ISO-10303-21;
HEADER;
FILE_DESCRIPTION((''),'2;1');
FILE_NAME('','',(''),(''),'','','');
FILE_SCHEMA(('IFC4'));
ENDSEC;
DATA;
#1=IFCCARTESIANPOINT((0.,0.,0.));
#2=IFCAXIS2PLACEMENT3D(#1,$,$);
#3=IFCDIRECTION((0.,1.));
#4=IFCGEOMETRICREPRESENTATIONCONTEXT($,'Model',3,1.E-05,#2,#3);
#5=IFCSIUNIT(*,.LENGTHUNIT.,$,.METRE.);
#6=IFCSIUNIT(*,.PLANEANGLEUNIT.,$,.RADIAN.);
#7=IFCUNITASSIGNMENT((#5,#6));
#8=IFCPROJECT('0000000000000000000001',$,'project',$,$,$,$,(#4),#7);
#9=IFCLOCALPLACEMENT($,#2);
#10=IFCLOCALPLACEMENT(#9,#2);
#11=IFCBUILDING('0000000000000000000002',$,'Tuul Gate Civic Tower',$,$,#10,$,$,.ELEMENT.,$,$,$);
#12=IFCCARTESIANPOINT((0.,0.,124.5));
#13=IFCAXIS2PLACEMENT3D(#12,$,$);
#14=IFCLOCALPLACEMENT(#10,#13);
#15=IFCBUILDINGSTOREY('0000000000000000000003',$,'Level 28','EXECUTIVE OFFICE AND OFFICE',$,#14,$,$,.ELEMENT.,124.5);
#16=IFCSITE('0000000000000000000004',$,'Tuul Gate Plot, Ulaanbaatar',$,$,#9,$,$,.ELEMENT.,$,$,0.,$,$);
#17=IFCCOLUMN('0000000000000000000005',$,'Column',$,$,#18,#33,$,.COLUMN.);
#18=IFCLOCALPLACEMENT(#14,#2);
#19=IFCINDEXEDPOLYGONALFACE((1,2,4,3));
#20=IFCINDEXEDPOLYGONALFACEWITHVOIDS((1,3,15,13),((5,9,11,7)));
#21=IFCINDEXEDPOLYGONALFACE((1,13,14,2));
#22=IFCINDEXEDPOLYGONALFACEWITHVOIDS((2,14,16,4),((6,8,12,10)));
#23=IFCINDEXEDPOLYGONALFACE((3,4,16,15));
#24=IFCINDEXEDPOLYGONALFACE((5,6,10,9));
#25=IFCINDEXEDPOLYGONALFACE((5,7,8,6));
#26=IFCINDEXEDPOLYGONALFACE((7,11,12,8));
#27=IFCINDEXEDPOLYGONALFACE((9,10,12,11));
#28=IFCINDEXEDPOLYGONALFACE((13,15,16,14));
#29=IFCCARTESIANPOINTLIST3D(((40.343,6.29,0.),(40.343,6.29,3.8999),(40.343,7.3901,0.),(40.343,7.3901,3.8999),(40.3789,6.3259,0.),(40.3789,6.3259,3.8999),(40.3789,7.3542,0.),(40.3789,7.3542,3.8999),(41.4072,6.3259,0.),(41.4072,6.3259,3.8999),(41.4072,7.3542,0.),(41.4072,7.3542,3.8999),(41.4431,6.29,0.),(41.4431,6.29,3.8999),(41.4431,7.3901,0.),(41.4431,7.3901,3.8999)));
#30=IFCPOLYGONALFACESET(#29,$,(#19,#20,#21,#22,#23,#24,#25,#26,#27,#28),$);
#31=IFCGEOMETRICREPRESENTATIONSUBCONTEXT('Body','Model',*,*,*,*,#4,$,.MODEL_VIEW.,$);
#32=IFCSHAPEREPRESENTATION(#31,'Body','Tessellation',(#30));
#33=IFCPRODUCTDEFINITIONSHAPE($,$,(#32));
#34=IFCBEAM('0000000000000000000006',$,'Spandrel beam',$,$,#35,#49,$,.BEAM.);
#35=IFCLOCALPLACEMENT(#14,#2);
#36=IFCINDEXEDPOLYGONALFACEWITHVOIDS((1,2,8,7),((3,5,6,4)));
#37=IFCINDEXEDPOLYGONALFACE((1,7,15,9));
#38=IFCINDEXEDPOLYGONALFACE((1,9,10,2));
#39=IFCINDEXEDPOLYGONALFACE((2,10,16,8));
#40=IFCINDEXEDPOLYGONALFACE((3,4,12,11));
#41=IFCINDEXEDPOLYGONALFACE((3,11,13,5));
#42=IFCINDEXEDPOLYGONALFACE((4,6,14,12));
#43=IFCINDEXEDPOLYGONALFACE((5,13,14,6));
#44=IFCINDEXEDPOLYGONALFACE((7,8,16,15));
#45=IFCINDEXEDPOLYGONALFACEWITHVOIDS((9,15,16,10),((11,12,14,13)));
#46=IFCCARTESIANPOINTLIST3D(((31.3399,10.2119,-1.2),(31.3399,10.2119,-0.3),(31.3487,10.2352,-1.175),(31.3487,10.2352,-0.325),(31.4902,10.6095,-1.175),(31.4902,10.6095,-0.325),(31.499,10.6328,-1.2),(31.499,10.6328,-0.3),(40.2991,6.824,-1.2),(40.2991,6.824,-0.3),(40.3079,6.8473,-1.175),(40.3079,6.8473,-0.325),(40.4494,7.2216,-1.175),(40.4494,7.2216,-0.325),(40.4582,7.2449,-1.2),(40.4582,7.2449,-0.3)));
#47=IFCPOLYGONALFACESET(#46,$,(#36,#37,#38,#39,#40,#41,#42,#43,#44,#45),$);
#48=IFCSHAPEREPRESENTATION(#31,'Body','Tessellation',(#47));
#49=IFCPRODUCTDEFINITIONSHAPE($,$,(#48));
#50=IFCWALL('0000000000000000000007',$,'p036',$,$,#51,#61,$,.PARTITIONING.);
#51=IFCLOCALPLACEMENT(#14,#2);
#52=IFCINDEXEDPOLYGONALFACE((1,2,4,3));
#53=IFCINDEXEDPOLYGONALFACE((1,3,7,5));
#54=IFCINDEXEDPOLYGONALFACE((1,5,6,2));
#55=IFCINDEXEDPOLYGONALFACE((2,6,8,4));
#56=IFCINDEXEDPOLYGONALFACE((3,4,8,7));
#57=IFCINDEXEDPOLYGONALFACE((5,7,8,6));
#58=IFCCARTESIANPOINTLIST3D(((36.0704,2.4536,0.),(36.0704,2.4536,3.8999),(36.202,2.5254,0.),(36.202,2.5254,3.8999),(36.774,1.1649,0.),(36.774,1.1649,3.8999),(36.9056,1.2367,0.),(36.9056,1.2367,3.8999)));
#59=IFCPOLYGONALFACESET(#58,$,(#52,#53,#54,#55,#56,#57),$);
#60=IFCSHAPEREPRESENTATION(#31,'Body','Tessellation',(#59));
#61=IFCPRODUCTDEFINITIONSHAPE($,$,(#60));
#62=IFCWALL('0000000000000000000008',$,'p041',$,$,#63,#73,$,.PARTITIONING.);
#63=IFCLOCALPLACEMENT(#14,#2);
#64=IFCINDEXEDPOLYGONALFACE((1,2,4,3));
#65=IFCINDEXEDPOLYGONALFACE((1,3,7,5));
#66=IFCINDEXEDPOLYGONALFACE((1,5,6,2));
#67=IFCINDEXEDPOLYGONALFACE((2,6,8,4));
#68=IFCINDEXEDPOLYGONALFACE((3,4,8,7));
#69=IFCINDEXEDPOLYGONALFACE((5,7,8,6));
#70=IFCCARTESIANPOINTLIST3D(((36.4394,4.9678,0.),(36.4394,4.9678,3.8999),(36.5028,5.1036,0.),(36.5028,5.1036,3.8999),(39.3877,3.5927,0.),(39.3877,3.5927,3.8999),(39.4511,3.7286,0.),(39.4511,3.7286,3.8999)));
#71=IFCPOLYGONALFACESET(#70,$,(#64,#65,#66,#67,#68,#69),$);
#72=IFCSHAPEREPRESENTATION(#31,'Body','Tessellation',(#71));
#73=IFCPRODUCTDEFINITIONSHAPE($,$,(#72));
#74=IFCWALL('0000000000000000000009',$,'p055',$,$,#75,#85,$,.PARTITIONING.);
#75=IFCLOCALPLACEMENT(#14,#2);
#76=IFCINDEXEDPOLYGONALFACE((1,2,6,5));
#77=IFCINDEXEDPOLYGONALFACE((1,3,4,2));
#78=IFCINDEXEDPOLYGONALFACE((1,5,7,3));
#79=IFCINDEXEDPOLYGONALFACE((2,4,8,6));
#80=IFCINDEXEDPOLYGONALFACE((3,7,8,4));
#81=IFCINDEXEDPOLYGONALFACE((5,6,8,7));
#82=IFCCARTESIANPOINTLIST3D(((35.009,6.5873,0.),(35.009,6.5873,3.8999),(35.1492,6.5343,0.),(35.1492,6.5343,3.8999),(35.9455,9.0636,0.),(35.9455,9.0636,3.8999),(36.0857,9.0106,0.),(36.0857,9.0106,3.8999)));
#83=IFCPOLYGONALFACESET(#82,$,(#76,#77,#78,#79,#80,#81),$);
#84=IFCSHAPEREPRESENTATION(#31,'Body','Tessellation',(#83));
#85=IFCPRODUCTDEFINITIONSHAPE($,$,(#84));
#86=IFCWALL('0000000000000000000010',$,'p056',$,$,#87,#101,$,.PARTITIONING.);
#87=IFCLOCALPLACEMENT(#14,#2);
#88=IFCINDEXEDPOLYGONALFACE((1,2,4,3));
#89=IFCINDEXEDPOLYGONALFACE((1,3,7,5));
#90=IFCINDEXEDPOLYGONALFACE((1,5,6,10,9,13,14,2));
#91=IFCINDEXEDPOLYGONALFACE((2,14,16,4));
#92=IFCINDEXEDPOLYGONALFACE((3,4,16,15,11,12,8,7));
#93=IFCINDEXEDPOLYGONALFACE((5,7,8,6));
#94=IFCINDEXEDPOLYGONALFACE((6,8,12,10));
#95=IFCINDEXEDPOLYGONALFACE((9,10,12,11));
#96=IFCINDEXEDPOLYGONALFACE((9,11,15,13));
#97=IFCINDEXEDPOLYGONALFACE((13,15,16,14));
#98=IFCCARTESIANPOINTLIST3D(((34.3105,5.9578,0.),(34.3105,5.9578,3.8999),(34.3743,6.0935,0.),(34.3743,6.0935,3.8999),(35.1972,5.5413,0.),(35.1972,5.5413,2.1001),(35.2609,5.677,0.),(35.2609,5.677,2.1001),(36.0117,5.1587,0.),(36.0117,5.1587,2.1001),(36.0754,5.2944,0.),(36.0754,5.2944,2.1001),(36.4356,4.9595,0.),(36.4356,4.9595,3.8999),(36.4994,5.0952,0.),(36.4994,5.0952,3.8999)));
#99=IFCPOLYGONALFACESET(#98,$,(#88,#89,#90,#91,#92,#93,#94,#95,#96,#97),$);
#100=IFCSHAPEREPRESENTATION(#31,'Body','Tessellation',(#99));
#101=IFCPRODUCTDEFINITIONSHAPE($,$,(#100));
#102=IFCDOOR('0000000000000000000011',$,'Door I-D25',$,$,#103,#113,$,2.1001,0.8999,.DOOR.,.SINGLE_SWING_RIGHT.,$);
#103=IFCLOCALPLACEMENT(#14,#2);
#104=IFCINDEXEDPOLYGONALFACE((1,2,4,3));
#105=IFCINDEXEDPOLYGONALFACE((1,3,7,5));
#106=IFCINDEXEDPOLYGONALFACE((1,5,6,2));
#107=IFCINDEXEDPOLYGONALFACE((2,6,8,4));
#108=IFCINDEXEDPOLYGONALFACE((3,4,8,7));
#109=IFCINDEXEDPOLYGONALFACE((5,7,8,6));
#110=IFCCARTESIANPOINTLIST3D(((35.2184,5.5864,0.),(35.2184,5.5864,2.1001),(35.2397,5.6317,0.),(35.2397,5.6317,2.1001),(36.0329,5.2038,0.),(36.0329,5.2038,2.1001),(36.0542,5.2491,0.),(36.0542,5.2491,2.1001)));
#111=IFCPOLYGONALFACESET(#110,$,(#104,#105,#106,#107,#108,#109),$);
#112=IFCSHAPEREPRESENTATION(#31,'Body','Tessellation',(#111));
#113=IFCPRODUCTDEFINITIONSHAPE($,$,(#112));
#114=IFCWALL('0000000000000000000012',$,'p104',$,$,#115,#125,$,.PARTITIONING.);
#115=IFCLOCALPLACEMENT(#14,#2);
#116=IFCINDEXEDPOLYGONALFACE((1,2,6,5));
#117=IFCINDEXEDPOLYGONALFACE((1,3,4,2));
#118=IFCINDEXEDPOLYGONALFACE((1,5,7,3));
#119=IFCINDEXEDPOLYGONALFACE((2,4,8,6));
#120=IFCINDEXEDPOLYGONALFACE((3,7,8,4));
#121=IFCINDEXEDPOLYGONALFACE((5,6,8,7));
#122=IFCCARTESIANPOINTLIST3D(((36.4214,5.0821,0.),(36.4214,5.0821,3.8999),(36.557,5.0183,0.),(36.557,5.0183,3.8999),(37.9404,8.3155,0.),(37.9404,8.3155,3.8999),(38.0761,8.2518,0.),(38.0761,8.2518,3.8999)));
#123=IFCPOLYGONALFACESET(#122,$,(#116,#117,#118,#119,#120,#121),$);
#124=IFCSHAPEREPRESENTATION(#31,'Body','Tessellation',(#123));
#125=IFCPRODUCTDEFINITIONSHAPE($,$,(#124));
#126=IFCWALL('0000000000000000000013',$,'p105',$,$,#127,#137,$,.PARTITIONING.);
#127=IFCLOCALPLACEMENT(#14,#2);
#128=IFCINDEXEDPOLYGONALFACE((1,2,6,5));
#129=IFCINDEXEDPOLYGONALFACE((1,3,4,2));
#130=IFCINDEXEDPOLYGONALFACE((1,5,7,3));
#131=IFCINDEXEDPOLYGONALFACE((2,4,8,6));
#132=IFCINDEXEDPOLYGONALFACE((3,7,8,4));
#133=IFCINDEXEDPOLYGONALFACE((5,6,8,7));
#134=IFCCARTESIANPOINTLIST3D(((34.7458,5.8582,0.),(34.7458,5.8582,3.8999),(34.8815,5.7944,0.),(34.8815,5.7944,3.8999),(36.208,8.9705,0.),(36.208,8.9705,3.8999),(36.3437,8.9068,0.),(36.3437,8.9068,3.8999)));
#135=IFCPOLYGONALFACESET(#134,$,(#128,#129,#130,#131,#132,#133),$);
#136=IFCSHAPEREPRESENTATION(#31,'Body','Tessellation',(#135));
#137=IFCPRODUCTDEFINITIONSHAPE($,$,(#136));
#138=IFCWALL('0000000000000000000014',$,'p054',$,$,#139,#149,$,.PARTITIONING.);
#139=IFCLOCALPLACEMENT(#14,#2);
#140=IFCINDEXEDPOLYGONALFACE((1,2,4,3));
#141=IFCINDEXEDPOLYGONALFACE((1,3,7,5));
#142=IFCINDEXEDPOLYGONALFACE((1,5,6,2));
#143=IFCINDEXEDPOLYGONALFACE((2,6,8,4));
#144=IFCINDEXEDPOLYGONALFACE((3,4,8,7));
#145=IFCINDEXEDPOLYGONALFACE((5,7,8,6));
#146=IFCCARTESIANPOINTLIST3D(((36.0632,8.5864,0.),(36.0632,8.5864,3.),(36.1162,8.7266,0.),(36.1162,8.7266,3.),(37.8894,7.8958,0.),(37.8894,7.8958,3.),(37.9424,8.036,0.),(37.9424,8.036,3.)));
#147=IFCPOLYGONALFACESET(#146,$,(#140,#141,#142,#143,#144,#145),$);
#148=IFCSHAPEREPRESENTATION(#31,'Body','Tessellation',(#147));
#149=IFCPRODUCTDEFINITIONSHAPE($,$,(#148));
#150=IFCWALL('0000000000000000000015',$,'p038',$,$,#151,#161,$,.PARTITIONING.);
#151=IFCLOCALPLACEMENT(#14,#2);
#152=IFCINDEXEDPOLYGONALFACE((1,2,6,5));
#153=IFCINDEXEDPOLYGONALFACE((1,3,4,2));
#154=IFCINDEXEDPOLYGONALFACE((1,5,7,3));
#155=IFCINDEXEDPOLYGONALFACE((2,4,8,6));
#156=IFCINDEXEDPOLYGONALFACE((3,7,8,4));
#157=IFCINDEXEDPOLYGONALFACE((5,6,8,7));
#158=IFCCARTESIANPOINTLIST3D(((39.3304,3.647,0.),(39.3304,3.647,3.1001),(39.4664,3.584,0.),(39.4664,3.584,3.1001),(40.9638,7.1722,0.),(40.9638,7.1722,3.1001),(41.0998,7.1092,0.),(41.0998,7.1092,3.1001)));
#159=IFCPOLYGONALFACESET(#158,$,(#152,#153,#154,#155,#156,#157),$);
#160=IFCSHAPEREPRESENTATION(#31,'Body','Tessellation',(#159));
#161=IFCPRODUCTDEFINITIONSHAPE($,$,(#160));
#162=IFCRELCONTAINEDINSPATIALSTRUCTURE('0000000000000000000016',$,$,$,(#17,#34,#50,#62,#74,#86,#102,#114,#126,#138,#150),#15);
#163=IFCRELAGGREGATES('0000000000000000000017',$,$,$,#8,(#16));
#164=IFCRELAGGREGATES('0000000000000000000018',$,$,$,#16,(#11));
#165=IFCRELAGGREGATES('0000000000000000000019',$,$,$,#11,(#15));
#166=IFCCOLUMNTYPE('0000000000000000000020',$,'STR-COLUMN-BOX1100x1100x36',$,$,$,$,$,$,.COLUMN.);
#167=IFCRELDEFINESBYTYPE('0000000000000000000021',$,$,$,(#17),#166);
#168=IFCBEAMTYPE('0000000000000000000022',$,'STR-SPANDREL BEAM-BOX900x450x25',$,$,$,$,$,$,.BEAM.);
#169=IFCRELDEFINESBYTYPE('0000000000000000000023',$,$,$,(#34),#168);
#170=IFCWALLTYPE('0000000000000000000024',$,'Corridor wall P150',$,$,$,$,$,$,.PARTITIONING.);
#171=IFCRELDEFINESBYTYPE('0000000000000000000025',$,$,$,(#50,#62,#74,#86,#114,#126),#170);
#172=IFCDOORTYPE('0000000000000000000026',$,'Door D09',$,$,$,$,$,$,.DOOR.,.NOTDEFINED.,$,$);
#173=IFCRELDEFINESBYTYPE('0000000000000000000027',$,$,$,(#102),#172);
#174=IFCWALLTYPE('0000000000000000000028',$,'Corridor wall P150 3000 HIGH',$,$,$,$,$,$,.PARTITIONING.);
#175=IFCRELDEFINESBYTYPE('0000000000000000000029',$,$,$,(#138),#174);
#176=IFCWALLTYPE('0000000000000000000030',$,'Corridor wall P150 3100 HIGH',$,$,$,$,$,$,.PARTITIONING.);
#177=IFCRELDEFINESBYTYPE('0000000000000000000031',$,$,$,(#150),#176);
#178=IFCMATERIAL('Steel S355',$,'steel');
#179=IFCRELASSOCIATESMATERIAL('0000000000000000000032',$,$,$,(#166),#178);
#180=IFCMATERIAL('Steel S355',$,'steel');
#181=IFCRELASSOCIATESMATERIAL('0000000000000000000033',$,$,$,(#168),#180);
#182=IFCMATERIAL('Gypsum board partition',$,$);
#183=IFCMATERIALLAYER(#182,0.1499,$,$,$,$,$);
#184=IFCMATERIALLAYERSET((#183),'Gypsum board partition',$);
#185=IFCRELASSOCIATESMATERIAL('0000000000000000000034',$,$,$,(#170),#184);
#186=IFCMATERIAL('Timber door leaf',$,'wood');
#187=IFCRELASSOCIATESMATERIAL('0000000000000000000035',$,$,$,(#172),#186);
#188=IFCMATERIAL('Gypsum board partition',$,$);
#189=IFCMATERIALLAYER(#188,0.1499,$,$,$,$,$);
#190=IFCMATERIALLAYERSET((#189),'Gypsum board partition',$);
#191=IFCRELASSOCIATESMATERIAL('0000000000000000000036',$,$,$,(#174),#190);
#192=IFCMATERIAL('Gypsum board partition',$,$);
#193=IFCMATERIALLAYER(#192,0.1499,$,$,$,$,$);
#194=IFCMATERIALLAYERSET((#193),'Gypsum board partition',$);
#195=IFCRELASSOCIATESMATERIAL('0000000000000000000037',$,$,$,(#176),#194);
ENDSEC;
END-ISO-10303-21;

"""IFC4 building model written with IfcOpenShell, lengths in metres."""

from ifc_helpers import new_model, si_unit, direction, frame, frame_2d, origin, origin_2d, place, context, subcontext, project, spatial, rectangle, hollow_rectangle, extrude, material, layer, layer_set, material_profile, profile_set, type_object, element, fill, save


model = new_model("IFC4")

# Units and contexts
model_context = context("Model", 3, precision=1e-05, world=origin(), true_north=direction((0.0, 1.0)))
body_context = subcontext(model_context, "Body", "Model", "MODEL_VIEW")
ifc_project = project(units=[si_unit("LENGTHUNIT", "METRE"), si_unit("PLANEANGLEUNIT", "RADIAN")], contexts=[model_context])

# Site, building, storey
site_placement = place(None, origin())
site = spatial("IfcSite", under=ifc_project, at=site_placement, Name="Tuul Gate Plot, Ulaanbaatar", CompositionType="ELEMENT", RefElevation=0.0)
building_placement = place(site_placement, origin())
building = spatial("IfcBuilding", under=site, at=building_placement, Name="Tuul Gate Civic Tower", CompositionType="ELEMENT")
storey_placement = place(building_placement, frame((0.0, 0.0, 124.5)))
storey = spatial("IfcBuildingStorey", under=building, at=storey_placement, Name="Level 28", Description="EXECUTIVE OFFICE AND OFFICE", CompositionType="ELEMENT", Elevation=124.5)

# Column
ifc_material_1 = material(Name="Steel S355", Category="steel")
ifc_material_profile_1 = material_profile(ifc_material_1, hollow_rectangle(XDim=1.1001, YDim=1.1001, WallThickness=0.0359, at=origin_2d()), Name="BOX1100x1100x36")
ifc_profile_set_1 = profile_set([ifc_material_profile_1], Name="Steel S355")
column_type = type_object("IfcColumnType", Name="STR-COLUMN-BOX1100x1100x36", PredefinedType="COLUMN", material=ifc_profile_set_1)
column_placement = place(storey_placement, frame((40.8931, 6.8401, 0.0), z_axis=(0.0, 0.0, 1.0), x_axis=(1.0, 0.0, 0.0)))
element("IfcColumn", 1, at=column_placement, inside=storey, type_object=column_type, Name="Column", PredefinedType="COLUMN", context=body_context, shape_type="SweptSolid", body=[
    extrude(hollow_rectangle(XDim=1.1001, YDim=1.1001, WallThickness=0.0359, at=origin_2d()), origin(), (0.0, 0.0, 1.0), 3.8999),
])

# Beam
ifc_material_2 = material(Name="Steel S355", Category="steel")
ifc_material_profile_2 = material_profile(ifc_material_2, hollow_rectangle(XDim=0.45, YDim=0.8999, WallThickness=0.0249, at=origin_2d()), Name="BOX900x450x25")
ifc_profile_set_2 = profile_set([ifc_material_profile_2], Name="Steel S355")
beam_type = type_object("IfcBeamType", Name="STR-SPANDREL BEAM-BOX900x450x25", PredefinedType="BEAM", material=ifc_profile_set_2)
beam_placement = place(storey_placement, frame((40.3787, 7.0344, -0.75), z_axis=(-0.935357, 0.353706, 0.0), x_axis=(-0.353706, -0.935357, 0.0)))
element("IfcBeam", 2, at=beam_placement, inside=storey, type_object=beam_type, Name="Spandrel beam", PredefinedType="BEAM", context=body_context, shape_type="SweptSolid", body=[
    extrude(hollow_rectangle(XDim=0.45, YDim=0.8999, WallThickness=0.0249, at=origin_2d()), origin(), (0.0, 0.0, 1.0), 9.5784),
])

# Walls
ifc_material_3 = material(Name="Gypsum board partition")
ifc_layer_1 = layer(ifc_material_3, 0.1499)
ifc_layer_set_1 = layer_set([ifc_layer_1], Name="Gypsum board partition")
wall_type_1 = type_object("IfcWallType", Name="Corridor wall P150", PredefinedType="PARTITIONING", material=ifc_layer_set_1)
wall_1_placement = place(storey_placement, frame((36.1362, 2.4895, 0.0), z_axis=(0.0, 0.0, 1.0), x_axis=(0.479178, -0.877718, 0.0)))
element("IfcWall", 3, at=wall_1_placement, inside=storey, type_object=wall_type_1, Name="p036", PredefinedType="PARTITIONING", context=body_context, shape_type="SweptSolid", body=[
    extrude(rectangle(XDim=1.4683, YDim=0.1499, at=frame_2d((0.7341, 0.0))), origin(), (0.0, 0.0, 1.0), 3.8999),
])
wall_2_placement = place(storey_placement, frame((36.4712, 5.0356, 0.0), z_axis=(0.0, 0.0, 1.0), x_axis=(0.906283, -0.422672, 0.0)))
element("IfcWall", 4, at=wall_2_placement, inside=storey, type_object=wall_type_1, Name="p041", PredefinedType="PARTITIONING", context=body_context, shape_type="SweptSolid", body=[
    extrude(rectangle(XDim=3.2532, YDim=0.1499, at=frame_2d((1.6265, 0.0))), origin(), (0.0, 0.0, 1.0), 3.8999),
])
wall_3_placement = place(storey_placement, frame((35.0791, 6.5608, 0.0), z_axis=(0.0, 0.0, 1.0), x_axis=(0.353739, 0.935344, 0.0)))
element("IfcWall", 5, at=wall_3_placement, inside=storey, type_object=wall_type_1, Name="p055", PredefinedType="PARTITIONING", context=body_context, shape_type="SweptSolid", body=[
    extrude(rectangle(XDim=2.6475, YDim=0.1499, at=frame_2d((1.3237, 0.0))), origin(), (0.0, 0.0, 1.0), 3.8999),
])

# Wall, opening, door
wall_4_placement = place(storey_placement, frame((34.3425, 6.0256, 0.0), z_axis=(0.0, 0.0, 1.0), x_axis=(0.905099, -0.425201, 0.0)))
wall_4 = element("IfcWall", 6, at=wall_4_placement, inside=storey, type_object=wall_type_1, Name="p056", PredefinedType="PARTITIONING", context=body_context, shape_type="SweptSolid", body=[
    extrude(rectangle(XDim=2.3479, YDim=0.1499, at=frame_2d((1.1738, 0.0))), origin(), (0.0, 0.0, 1.0), 3.8999),
])
opening_1_placement = place(wall_4_placement, frame((0.9795, 0.0, 0.0)))
opening_1 = element("IfcOpeningElement", 7, at=opening_1_placement, cuts=wall_4, PredefinedType="OPENING", context=body_context, shape_type="SweptSolid", body=[
    extrude(rectangle(XDim=0.8999, YDim=2.1001, at=frame_2d((0.45, 1.05))), frame((0.0, 0.085, 0.0), z_axis=(0.0, -1.0, 0.0), x_axis=(1.0, 0.0, 0.0)), (0.0, 0.0, 1.0), 0.1699),
])
ifc_material_4 = material(Name="Timber door leaf", Category="wood")
door_type = type_object("IfcDoorType", Name="Door D09", OperationType="NOTDEFINED", PredefinedType="DOOR", material=ifc_material_4)
door_placement = place(opening_1_placement, origin())
door = element("IfcDoor", 8, at=door_placement, inside=storey, type_object=door_type, Name="Door I-D25", OperationType="SINGLE_SWING_RIGHT", OverallHeight=2.1001, OverallWidth=0.8999, PredefinedType="DOOR", context=body_context, shape_type="SweptSolid", body=[
    extrude(rectangle(XDim=0.8999, YDim=2.1001, at=frame_2d((0.45, 1.05))), frame((0.0, 0.0249, 0.0), z_axis=(0.0, -1.0, 0.0), x_axis=(1.0, 0.0, 0.0)), (0.0, 0.0, 1.0), 0.05),
])
fill(opening_1, door)

# Walls
wall_5_placement = place(storey_placement, frame((36.4893, 5.0503, 0.0), z_axis=(0.0, 0.0, 1.0), x_axis=(0.425211, 0.905094, 0.0)))
element("IfcWall", 9, at=wall_5_placement, inside=storey, type_object=wall_type_1, Name="p104", PredefinedType="PARTITIONING", context=body_context, shape_type="SweptSolid", body=[
    extrude(rectangle(XDim=3.5725, YDim=0.1499, at=frame_2d((1.7861, 0.0))), origin(), (0.0, 0.0, 1.0), 3.8999),
])
wall_6_placement = place(storey_placement, frame((34.8137, 5.8264, 0.0), z_axis=(0.0, 0.0, 1.0), x_axis=(0.425212, 0.905094, 0.0)))
element("IfcWall", 10, at=wall_6_placement, inside=storey, type_object=wall_type_1, Name="p105", PredefinedType="PARTITIONING", context=body_context, shape_type="SweptSolid", body=[
    extrude(rectangle(XDim=3.4387, YDim=0.1499, at=frame_2d((1.7192, 0.0))), origin(), (0.0, 0.0, 1.0), 3.8999),
])
ifc_material_5 = material(Name="Gypsum board partition")
ifc_layer_2 = layer(ifc_material_5, 0.1499)
ifc_layer_set_2 = layer_set([ifc_layer_2], Name="Gypsum board partition")
wall_type_2 = type_object("IfcWallType", Name="Corridor wall P150 3000 HIGH", PredefinedType="PARTITIONING", material=ifc_layer_set_2)
wall_7_placement = place(storey_placement, frame((36.0898, 8.6565, 0.0), z_axis=(0.0, 0.0, 1.0), x_axis=(0.935339, -0.353753, 0.0)))
element("IfcWall", 11, at=wall_7_placement, inside=storey, type_object=wall_type_2, Name="p054", PredefinedType="PARTITIONING", context=body_context, shape_type="SweptSolid", body=[
    extrude(rectangle(XDim=1.9524, YDim=0.1499, at=frame_2d((0.9761, 0.0))), origin(), (0.0, 0.0, 1.0), 3.0),
])
ifc_material_6 = material(Name="Gypsum board partition")
ifc_layer_3 = layer(ifc_material_6, 0.1499)
ifc_layer_set_3 = layer_set([ifc_layer_3], Name="Gypsum board partition")
wall_type_3 = type_object("IfcWallType", Name="Corridor wall P150 3100 HIGH", PredefinedType="PARTITIONING", material=ifc_layer_set_3)
wall_8_placement = place(storey_placement, frame((39.3984, 3.6155, 0.0), z_axis=(0.0, 0.0, 1.0), x_axis=(0.420397, 0.90734, 0.0)))
element("IfcWall", 12, at=wall_8_placement, inside=storey, type_object=wall_type_3, Name="p038", PredefinedType="PARTITIONING", context=body_context, shape_type="SweptSolid", body=[
    extrude(rectangle(XDim=3.8853, YDim=0.1499, at=frame_2d((1.9426, 0.0))), origin(), (0.0, 0.0, 1.0), 3.1001),
])

save(model, "model.ifc")
